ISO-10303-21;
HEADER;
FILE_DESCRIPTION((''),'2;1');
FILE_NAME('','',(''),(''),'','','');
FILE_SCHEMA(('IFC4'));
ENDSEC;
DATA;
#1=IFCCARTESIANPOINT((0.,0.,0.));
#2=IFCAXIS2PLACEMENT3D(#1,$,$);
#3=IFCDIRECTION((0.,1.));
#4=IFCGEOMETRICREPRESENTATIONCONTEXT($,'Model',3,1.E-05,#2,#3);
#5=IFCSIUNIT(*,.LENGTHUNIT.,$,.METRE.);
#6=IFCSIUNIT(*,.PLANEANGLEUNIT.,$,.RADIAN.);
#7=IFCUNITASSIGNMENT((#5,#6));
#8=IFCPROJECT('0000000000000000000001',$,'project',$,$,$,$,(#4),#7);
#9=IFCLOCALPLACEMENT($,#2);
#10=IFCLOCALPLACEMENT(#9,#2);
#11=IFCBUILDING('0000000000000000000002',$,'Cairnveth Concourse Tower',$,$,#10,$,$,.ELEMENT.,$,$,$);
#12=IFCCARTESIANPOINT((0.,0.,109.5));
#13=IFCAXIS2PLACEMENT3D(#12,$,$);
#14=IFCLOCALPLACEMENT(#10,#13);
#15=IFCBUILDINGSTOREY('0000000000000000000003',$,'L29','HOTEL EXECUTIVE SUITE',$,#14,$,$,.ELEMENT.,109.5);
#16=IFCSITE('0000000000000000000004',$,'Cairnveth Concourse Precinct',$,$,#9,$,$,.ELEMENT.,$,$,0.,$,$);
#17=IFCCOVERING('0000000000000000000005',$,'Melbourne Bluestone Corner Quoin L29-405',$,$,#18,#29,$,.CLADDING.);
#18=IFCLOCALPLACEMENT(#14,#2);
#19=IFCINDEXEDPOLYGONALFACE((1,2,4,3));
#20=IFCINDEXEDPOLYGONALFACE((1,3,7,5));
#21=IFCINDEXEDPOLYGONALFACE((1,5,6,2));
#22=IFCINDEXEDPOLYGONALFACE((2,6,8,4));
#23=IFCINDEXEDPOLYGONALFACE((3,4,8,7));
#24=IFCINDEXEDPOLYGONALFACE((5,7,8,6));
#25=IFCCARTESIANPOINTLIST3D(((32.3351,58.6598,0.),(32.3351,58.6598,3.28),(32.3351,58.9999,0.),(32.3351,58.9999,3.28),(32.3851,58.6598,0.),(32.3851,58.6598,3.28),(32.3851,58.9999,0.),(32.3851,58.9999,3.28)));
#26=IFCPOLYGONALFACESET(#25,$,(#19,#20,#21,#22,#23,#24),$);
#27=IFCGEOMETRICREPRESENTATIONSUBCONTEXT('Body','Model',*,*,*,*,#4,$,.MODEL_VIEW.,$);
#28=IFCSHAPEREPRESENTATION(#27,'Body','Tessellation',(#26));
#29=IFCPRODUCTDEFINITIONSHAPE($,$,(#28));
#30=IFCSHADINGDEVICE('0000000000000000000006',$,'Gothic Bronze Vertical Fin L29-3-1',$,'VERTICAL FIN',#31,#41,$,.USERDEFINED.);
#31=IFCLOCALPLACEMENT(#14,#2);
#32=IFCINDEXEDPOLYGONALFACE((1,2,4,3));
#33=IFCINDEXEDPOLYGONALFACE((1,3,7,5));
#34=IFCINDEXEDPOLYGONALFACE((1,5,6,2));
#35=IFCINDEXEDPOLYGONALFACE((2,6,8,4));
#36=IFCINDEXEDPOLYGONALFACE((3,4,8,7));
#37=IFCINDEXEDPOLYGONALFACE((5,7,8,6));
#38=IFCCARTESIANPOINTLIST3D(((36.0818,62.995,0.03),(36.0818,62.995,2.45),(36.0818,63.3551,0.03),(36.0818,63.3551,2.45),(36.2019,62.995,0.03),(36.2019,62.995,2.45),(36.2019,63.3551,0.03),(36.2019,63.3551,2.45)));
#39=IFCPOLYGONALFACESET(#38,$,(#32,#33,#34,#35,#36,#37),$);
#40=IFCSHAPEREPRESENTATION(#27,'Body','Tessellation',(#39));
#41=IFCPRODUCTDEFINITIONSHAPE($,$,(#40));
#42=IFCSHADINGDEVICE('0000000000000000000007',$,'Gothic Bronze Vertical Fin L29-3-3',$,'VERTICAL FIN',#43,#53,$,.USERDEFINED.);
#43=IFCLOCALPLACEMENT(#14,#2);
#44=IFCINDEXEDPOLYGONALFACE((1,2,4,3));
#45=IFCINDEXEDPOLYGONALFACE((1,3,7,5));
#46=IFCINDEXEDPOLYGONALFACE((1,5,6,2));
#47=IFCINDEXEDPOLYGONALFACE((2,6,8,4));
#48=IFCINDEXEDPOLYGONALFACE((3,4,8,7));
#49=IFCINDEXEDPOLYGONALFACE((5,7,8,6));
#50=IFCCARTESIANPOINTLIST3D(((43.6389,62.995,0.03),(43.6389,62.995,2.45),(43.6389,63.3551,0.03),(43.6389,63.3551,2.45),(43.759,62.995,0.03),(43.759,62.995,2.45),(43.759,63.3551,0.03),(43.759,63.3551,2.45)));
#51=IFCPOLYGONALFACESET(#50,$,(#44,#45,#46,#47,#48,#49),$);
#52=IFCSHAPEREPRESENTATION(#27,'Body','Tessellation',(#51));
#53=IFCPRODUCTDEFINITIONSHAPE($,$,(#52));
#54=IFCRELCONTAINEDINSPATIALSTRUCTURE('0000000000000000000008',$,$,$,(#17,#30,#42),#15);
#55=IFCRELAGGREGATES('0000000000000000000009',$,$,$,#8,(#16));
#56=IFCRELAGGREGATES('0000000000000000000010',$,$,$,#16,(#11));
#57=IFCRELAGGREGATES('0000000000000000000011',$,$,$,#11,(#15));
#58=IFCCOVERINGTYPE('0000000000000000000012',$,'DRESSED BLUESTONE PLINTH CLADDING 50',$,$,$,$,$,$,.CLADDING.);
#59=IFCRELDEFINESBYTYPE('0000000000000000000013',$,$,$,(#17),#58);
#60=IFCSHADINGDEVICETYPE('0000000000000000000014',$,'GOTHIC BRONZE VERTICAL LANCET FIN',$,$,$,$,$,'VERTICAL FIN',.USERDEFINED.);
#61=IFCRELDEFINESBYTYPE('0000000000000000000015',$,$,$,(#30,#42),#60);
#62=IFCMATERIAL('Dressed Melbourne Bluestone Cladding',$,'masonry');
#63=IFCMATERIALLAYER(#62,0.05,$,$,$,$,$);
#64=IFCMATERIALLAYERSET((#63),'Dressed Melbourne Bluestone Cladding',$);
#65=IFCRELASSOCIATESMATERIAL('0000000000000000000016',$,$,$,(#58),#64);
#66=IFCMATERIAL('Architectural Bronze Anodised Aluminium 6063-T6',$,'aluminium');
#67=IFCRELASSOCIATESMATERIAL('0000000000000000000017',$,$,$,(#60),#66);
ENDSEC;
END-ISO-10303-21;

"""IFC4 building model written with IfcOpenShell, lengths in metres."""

from ifc_helpers import new_model, si_unit, direction, frame, frame_2d, origin, origin_2d, place, context, subcontext, project, spatial, rectangle, extrude, material, layer, layer_set, type_object, element, save


model = new_model("IFC4")

# Units and contexts
model_context = context("Model", 3, precision=1e-05, world=origin(), true_north=direction((0.0, 1.0)))
body_context = subcontext(model_context, "Body", "Model", "MODEL_VIEW")
ifc_project = project(units=[si_unit("LENGTHUNIT", "METRE"), si_unit("PLANEANGLEUNIT", "RADIAN")], contexts=[model_context])

# Site, building, storey
site_placement = place(None, origin())
site = spatial("IfcSite", under=ifc_project, at=site_placement, Name="Cairnveth Concourse Precinct", CompositionType="ELEMENT", RefElevation=0.0)
building_placement = place(site_placement, origin())
building = spatial("IfcBuilding", under=site, at=building_placement, Name="Cairnveth Concourse Tower", CompositionType="ELEMENT")
storey_placement = place(building_placement, frame((0.0, 0.0, 109.5)))
storey = spatial("IfcBuildingStorey", under=building, at=storey_placement, Name="L29", Description="HOTEL EXECUTIVE SUITE", CompositionType="ELEMENT", Elevation=109.5)

# Covering
ifc_material_1 = material(Name="Dressed Melbourne Bluestone Cladding", Category="masonry")
ifc_layer_1 = layer(ifc_material_1, 0.05)
ifc_layer_set_1 = layer_set([ifc_layer_1], Name="Dressed Melbourne Bluestone Cladding")
covering_type = type_object("IfcCoveringType", Name="DRESSED BLUESTONE PLINTH CLADDING 50", PredefinedType="CLADDING", material=ifc_layer_set_1)
covering_placement = place(storey_placement, frame((32.3601, 58.6599, 0.0), z_axis=(0.0, 0.0, 1.0), x_axis=(0.0, 1.0, 0.0)))
element("IfcCovering", 1, at=covering_placement, inside=storey, type_object=covering_type, Name="Melbourne Bluestone Corner Quoin L29-405", PredefinedType="CLADDING", context=body_context, shape_type="SweptSolid", body=[
    extrude(rectangle(XDim=0.3401, YDim=0.05, at=frame_2d((0.1699, 0.0))), origin(), (0.0, 0.0, 1.0), 3.28),
])

# Shading devices
ifc_material_2 = material(Name="Architectural Bronze Anodised Aluminium 6063-T6", Category="aluminium")
shading_device_type = type_object("IfcShadingDeviceType", Name="GOTHIC BRONZE VERTICAL LANCET FIN", ElementType="VERTICAL FIN", PredefinedType="USERDEFINED", material=ifc_material_2)
for number, where, z_axis, x_axis, name in (
    (2, (36.1418, 63.175, 0.03), (0.0, 0.0, 1.0), (1.0, 0.0, 0.0), "Gothic Bronze Vertical Fin L29-3-1"),
    (3, (43.699, 63.175, 0.03), (0.0, 0.0, 1.0), (1.0, 0.0, 0.0), "Gothic Bronze Vertical Fin L29-3-3"),
):
    element("IfcShadingDevice", number, at=place(storey_placement, frame(where, z_axis=z_axis, x_axis=x_axis)), inside=storey, type_object=shading_device_type, Name=name, ObjectType="VERTICAL FIN", PredefinedType="USERDEFINED", context=body_context, shape_type="SweptSolid", body=[
        extrude(rectangle(XDim=0.1201, YDim=0.3601, at=origin_2d()), origin(), (0.0, 0.0, 1.0), 2.4199),
    ])

save(model, "model.ifc")
